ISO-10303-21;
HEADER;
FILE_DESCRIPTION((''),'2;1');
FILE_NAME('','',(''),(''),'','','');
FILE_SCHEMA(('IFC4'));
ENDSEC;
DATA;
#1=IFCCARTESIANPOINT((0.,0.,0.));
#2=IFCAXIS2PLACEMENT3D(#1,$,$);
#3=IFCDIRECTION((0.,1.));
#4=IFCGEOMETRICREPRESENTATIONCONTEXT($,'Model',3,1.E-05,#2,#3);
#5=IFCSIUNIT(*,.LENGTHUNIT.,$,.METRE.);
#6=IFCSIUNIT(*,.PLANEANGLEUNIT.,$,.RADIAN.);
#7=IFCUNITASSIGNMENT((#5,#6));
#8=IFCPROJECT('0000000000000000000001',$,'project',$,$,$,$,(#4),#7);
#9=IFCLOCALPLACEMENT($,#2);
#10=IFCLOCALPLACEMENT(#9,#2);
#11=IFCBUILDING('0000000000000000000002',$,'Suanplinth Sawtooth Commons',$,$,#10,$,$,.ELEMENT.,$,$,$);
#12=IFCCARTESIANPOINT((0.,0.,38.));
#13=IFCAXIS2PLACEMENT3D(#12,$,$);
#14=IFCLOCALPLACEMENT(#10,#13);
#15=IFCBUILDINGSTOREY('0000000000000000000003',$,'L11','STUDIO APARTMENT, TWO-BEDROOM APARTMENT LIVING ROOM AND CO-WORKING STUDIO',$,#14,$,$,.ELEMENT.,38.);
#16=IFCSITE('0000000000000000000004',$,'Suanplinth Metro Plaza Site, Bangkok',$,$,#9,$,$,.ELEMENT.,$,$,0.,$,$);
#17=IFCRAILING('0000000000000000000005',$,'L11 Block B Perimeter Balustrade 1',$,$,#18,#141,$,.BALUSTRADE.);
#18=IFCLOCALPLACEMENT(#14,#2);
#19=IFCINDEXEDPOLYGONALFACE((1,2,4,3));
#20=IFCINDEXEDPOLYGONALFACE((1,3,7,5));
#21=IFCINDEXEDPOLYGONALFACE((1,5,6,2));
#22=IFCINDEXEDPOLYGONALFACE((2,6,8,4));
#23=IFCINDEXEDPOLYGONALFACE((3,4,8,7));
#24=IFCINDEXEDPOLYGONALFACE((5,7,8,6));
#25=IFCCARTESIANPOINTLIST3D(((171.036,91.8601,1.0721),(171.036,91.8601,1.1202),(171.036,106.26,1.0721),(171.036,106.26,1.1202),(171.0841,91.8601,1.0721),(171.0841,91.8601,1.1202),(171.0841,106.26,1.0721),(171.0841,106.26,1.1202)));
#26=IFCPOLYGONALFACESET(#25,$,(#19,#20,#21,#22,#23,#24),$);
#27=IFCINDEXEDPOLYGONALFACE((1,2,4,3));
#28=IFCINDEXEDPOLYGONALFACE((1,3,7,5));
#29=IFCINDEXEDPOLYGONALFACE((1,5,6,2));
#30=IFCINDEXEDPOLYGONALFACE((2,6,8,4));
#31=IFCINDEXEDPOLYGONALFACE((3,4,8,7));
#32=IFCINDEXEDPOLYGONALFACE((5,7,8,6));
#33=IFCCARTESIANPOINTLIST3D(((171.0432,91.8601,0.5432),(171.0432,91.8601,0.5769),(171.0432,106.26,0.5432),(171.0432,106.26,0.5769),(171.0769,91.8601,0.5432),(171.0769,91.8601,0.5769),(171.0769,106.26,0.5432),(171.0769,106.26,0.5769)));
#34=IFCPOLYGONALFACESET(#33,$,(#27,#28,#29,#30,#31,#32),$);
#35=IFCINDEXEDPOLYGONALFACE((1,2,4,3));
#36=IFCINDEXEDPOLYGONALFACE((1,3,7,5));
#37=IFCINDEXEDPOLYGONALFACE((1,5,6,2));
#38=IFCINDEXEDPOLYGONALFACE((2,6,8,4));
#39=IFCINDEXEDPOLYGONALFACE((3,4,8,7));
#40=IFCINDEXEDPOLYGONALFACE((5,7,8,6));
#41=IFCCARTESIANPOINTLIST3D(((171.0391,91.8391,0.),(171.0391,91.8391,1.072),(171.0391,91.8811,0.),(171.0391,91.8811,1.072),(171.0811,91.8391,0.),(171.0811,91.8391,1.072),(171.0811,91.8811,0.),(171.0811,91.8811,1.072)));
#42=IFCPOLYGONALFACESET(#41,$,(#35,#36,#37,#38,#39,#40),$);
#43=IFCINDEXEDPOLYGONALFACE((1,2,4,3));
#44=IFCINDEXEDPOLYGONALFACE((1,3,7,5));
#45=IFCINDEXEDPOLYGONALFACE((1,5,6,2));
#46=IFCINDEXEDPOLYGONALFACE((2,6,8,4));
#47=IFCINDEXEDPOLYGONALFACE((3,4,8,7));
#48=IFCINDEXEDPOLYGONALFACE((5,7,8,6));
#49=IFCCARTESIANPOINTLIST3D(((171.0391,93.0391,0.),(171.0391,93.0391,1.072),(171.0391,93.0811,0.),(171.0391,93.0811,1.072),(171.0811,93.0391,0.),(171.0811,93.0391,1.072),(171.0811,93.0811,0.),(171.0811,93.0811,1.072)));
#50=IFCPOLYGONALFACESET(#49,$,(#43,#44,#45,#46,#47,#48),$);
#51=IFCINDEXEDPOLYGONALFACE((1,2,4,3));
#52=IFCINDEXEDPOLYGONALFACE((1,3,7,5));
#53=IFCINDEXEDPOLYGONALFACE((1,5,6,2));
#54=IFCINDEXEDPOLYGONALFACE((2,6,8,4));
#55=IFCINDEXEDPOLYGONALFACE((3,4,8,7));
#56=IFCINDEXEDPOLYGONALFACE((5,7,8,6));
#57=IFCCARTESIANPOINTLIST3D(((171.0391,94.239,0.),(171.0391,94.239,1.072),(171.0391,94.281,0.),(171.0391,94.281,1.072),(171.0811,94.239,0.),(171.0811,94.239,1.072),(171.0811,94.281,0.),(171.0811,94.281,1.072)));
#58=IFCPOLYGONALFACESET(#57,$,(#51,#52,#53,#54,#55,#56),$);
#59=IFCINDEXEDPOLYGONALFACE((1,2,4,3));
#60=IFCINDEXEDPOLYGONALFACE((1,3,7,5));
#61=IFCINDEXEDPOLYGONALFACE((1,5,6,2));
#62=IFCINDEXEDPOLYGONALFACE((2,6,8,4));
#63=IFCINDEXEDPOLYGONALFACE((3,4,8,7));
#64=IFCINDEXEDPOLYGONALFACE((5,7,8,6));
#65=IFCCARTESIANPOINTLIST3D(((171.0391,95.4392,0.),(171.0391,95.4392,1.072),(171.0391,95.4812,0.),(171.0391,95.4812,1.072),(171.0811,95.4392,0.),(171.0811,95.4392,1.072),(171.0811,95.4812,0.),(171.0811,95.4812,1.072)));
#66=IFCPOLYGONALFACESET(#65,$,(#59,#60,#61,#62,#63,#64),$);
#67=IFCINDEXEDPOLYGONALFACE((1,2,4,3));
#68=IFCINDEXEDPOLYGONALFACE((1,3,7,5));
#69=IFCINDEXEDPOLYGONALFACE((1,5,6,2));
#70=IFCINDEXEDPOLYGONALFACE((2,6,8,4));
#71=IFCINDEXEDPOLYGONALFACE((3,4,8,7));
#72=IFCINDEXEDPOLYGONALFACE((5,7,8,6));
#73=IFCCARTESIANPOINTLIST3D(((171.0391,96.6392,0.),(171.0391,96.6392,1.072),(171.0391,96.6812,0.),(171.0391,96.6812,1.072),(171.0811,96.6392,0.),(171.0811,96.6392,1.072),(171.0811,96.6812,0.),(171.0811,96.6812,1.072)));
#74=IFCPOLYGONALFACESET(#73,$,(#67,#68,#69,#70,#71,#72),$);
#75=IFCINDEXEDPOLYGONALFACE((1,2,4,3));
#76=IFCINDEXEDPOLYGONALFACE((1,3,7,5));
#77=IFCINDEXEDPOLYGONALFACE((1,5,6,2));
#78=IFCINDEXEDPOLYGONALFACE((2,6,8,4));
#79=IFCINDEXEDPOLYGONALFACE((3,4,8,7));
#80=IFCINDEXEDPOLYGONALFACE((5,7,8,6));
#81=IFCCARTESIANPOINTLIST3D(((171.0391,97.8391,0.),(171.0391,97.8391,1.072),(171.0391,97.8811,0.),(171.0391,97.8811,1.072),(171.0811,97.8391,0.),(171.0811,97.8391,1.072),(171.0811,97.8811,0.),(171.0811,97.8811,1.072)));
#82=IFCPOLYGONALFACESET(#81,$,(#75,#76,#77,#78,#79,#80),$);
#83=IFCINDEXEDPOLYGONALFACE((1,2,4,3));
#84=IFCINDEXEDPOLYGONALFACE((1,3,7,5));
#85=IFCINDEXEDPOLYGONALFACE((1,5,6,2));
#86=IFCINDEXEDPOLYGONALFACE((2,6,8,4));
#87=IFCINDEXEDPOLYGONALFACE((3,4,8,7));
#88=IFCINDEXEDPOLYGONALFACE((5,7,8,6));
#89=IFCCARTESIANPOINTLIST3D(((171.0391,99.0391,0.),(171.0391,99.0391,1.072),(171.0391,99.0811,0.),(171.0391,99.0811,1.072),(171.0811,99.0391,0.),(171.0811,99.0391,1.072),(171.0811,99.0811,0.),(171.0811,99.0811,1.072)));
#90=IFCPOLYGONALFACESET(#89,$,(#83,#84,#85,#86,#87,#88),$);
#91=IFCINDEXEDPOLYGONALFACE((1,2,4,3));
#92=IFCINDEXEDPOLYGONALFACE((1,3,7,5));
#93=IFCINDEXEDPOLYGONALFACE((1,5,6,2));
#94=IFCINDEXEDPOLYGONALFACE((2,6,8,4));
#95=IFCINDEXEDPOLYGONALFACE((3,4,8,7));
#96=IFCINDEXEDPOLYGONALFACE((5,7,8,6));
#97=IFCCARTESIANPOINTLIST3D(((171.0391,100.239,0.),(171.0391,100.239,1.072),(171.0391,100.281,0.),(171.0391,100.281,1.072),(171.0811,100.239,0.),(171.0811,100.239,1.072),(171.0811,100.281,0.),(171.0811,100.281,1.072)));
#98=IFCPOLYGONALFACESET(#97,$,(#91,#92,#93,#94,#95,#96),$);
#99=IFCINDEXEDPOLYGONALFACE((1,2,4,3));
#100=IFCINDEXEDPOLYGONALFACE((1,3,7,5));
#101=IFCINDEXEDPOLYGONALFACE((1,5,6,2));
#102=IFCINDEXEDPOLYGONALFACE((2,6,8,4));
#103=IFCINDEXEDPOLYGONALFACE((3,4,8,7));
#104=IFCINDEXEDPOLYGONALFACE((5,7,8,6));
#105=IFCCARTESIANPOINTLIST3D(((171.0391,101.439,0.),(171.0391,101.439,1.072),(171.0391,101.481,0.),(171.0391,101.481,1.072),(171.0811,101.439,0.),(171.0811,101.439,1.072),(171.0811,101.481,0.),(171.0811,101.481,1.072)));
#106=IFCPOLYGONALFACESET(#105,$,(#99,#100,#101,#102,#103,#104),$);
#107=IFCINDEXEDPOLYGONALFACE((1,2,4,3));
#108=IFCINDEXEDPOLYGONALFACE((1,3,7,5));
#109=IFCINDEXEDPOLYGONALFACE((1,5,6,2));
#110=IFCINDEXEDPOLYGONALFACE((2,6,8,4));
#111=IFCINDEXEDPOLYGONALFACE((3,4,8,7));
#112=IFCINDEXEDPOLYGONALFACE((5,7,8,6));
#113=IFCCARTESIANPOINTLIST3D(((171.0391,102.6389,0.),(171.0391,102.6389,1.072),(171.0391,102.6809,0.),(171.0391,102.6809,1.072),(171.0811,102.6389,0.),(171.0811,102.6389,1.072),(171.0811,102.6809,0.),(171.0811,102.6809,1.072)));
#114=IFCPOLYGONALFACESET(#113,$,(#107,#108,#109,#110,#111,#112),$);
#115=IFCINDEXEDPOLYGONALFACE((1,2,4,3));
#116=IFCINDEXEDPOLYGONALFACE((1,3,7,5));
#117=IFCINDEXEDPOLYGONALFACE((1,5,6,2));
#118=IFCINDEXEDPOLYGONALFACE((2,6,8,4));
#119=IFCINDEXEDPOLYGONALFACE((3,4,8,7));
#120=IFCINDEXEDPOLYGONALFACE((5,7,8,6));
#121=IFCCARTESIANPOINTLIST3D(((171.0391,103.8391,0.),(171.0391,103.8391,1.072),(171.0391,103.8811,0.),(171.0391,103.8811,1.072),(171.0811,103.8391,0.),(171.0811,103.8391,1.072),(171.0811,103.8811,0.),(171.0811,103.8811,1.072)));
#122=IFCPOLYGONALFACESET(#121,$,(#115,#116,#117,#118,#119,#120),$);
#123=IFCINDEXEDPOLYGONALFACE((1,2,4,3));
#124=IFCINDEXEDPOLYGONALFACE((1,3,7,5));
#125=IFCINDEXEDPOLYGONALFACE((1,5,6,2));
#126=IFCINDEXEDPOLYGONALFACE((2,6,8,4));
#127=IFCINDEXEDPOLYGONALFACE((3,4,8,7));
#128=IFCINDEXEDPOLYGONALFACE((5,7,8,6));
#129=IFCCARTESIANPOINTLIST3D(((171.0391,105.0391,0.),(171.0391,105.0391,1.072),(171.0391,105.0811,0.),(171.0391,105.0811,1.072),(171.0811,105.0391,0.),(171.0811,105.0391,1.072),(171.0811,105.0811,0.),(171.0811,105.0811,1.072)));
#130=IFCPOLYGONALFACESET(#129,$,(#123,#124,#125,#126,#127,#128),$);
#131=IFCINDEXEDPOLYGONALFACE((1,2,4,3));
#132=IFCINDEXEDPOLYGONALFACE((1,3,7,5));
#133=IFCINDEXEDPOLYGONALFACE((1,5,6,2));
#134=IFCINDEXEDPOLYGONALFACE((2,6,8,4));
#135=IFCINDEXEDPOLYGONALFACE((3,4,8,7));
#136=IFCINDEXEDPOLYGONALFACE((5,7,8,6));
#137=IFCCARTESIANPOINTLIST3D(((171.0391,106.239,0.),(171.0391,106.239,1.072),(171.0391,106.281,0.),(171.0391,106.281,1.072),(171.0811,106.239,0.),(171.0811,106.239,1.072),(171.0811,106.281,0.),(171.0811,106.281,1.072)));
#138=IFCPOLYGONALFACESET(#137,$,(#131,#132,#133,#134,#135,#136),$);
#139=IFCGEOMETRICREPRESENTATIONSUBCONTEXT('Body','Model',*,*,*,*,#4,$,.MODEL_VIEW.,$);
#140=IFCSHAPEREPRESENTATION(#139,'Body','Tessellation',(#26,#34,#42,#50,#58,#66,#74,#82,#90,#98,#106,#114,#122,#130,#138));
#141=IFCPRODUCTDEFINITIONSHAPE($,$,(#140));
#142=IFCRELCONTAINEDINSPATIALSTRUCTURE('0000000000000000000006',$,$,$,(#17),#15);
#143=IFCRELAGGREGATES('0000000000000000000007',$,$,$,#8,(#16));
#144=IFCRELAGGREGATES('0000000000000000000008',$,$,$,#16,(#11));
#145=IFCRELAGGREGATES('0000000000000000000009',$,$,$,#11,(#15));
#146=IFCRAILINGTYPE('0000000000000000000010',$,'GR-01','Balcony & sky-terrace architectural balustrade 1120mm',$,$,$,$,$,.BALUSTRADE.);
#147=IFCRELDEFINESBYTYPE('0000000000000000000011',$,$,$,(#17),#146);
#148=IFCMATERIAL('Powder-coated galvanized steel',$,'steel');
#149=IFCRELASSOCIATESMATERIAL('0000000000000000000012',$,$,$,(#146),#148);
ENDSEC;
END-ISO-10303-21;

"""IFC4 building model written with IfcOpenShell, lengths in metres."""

from ifc_helpers import new_model, si_unit, direction, frame, origin, origin_2d, place, context, subcontext, project, spatial, rectangle, extrude, material, type_object, element, save


model = new_model("IFC4")

# Units and contexts
model_context = context("Model", 3, precision=1e-05, world=origin(), true_north=direction((0.0, 1.0)))
body_context = subcontext(model_context, "Body", "Model", "MODEL_VIEW")
ifc_project = project(units=[si_unit("LENGTHUNIT", "METRE"), si_unit("PLANEANGLEUNIT", "RADIAN")], contexts=[model_context])

# Site, building, storey
site_placement = place(None, origin())
site = spatial("IfcSite", under=ifc_project, at=site_placement, Name="Suanplinth Metro Plaza Site, Bangkok", CompositionType="ELEMENT", RefElevation=0.0)
building_placement = place(site_placement, origin())
building = spatial("IfcBuilding", under=site, at=building_placement, Name="Suanplinth Sawtooth Commons", CompositionType="ELEMENT")
storey_placement = place(building_placement, frame((0.0, 0.0, 38.0)))
storey = spatial("IfcBuildingStorey", under=building, at=storey_placement, Name="L11", Description="STUDIO APARTMENT, TWO-BEDROOM APARTMENT LIVING ROOM AND CO-WORKING STUDIO", CompositionType="ELEMENT", Elevation=38.0)

# Railing
ifc_material_1 = material(Name="Powder-coated galvanized steel", Category="steel")
railing_type = type_object("IfcRailingType", Name="GR-01", Description="Balcony & sky-terrace architectural balustrade 1120mm", PredefinedType="BALUSTRADE", material=ifc_material_1)
railing_1_placement = place(storey_placement, frame((171.0601, 91.8601, 0.0)))
element("IfcRailing", 1, at=railing_1_placement, inside=storey, type_object=railing_type, Name="L11 Block B Perimeter Balustrade 1", PredefinedType="BALUSTRADE", context=body_context, shape_type="SweptSolid", body=[
    extrude(rectangle(XDim=0.0481, YDim=0.0481, at=origin_2d()), frame((0.0, 0.0, 1.0962), z_axis=(0.0, 1.0, 0.0), x_axis=(-1.0, 0.0, 0.0)), (0.0, 0.0, 1.0), 14.3999),
    extrude(rectangle(XDim=0.0337, YDim=0.0337, at=origin_2d()), frame((0.0, 0.0, 0.5601), z_axis=(0.0, 1.0, 0.0), x_axis=(-1.0, 0.0, 0.0)), (0.0, 0.0, 1.0), 14.3999),
    extrude(rectangle(XDim=0.042, YDim=0.042, at=origin_2d()), origin(), (0.0, 0.0, 1.0), 1.072),
    extrude(rectangle(XDim=0.042, YDim=0.042, at=origin_2d()), frame((0.0, 1.2, 0.0)), (0.0, 0.0, 1.0), 1.072),
    extrude(rectangle(XDim=0.042, YDim=0.042, at=origin_2d()), frame((0.0, 2.3999, 0.0)), (0.0, 0.0, 1.0), 1.072),
    extrude(rectangle(XDim=0.042, YDim=0.042, at=origin_2d()), frame((0.0, 3.6001, 0.0)), (0.0, 0.0, 1.0), 1.072),
    extrude(rectangle(XDim=0.042, YDim=0.042, at=origin_2d()), frame((0.0, 4.8, 0.0)), (0.0, 0.0, 1.0), 1.072),
    extrude(rectangle(XDim=0.042, YDim=0.042, at=origin_2d()), frame((0.0, 6.0, 0.0)), (0.0, 0.0, 1.0), 1.072),
    extrude(rectangle(XDim=0.042, YDim=0.042, at=origin_2d()), frame((0.0, 7.2, 0.0)), (0.0, 0.0, 1.0), 1.072),
    extrude(rectangle(XDim=0.042, YDim=0.042, at=origin_2d()), frame((0.0, 8.3999, 0.0)), (0.0, 0.0, 1.0), 1.072),
    extrude(rectangle(XDim=0.042, YDim=0.042, at=origin_2d()), frame((0.0, 9.5999, 0.0)), (0.0, 0.0, 1.0), 1.072),
    extrude(rectangle(XDim=0.042, YDim=0.042, at=origin_2d()), frame((0.0, 10.7998, 0.0)), (0.0, 0.0, 1.0), 1.072),
    extrude(rectangle(XDim=0.042, YDim=0.042, at=origin_2d()), frame((0.0, 12.0, 0.0)), (0.0, 0.0, 1.0), 1.072),
    extrude(rectangle(XDim=0.042, YDim=0.042, at=origin_2d()), frame((0.0, 13.2, 0.0)), (0.0, 0.0, 1.0), 1.072),
    extrude(rectangle(XDim=0.042, YDim=0.042, at=origin_2d()), frame((0.0, 14.3999, 0.0)), (0.0, 0.0, 1.0), 1.072),
])

save(model, "model.ifc")
